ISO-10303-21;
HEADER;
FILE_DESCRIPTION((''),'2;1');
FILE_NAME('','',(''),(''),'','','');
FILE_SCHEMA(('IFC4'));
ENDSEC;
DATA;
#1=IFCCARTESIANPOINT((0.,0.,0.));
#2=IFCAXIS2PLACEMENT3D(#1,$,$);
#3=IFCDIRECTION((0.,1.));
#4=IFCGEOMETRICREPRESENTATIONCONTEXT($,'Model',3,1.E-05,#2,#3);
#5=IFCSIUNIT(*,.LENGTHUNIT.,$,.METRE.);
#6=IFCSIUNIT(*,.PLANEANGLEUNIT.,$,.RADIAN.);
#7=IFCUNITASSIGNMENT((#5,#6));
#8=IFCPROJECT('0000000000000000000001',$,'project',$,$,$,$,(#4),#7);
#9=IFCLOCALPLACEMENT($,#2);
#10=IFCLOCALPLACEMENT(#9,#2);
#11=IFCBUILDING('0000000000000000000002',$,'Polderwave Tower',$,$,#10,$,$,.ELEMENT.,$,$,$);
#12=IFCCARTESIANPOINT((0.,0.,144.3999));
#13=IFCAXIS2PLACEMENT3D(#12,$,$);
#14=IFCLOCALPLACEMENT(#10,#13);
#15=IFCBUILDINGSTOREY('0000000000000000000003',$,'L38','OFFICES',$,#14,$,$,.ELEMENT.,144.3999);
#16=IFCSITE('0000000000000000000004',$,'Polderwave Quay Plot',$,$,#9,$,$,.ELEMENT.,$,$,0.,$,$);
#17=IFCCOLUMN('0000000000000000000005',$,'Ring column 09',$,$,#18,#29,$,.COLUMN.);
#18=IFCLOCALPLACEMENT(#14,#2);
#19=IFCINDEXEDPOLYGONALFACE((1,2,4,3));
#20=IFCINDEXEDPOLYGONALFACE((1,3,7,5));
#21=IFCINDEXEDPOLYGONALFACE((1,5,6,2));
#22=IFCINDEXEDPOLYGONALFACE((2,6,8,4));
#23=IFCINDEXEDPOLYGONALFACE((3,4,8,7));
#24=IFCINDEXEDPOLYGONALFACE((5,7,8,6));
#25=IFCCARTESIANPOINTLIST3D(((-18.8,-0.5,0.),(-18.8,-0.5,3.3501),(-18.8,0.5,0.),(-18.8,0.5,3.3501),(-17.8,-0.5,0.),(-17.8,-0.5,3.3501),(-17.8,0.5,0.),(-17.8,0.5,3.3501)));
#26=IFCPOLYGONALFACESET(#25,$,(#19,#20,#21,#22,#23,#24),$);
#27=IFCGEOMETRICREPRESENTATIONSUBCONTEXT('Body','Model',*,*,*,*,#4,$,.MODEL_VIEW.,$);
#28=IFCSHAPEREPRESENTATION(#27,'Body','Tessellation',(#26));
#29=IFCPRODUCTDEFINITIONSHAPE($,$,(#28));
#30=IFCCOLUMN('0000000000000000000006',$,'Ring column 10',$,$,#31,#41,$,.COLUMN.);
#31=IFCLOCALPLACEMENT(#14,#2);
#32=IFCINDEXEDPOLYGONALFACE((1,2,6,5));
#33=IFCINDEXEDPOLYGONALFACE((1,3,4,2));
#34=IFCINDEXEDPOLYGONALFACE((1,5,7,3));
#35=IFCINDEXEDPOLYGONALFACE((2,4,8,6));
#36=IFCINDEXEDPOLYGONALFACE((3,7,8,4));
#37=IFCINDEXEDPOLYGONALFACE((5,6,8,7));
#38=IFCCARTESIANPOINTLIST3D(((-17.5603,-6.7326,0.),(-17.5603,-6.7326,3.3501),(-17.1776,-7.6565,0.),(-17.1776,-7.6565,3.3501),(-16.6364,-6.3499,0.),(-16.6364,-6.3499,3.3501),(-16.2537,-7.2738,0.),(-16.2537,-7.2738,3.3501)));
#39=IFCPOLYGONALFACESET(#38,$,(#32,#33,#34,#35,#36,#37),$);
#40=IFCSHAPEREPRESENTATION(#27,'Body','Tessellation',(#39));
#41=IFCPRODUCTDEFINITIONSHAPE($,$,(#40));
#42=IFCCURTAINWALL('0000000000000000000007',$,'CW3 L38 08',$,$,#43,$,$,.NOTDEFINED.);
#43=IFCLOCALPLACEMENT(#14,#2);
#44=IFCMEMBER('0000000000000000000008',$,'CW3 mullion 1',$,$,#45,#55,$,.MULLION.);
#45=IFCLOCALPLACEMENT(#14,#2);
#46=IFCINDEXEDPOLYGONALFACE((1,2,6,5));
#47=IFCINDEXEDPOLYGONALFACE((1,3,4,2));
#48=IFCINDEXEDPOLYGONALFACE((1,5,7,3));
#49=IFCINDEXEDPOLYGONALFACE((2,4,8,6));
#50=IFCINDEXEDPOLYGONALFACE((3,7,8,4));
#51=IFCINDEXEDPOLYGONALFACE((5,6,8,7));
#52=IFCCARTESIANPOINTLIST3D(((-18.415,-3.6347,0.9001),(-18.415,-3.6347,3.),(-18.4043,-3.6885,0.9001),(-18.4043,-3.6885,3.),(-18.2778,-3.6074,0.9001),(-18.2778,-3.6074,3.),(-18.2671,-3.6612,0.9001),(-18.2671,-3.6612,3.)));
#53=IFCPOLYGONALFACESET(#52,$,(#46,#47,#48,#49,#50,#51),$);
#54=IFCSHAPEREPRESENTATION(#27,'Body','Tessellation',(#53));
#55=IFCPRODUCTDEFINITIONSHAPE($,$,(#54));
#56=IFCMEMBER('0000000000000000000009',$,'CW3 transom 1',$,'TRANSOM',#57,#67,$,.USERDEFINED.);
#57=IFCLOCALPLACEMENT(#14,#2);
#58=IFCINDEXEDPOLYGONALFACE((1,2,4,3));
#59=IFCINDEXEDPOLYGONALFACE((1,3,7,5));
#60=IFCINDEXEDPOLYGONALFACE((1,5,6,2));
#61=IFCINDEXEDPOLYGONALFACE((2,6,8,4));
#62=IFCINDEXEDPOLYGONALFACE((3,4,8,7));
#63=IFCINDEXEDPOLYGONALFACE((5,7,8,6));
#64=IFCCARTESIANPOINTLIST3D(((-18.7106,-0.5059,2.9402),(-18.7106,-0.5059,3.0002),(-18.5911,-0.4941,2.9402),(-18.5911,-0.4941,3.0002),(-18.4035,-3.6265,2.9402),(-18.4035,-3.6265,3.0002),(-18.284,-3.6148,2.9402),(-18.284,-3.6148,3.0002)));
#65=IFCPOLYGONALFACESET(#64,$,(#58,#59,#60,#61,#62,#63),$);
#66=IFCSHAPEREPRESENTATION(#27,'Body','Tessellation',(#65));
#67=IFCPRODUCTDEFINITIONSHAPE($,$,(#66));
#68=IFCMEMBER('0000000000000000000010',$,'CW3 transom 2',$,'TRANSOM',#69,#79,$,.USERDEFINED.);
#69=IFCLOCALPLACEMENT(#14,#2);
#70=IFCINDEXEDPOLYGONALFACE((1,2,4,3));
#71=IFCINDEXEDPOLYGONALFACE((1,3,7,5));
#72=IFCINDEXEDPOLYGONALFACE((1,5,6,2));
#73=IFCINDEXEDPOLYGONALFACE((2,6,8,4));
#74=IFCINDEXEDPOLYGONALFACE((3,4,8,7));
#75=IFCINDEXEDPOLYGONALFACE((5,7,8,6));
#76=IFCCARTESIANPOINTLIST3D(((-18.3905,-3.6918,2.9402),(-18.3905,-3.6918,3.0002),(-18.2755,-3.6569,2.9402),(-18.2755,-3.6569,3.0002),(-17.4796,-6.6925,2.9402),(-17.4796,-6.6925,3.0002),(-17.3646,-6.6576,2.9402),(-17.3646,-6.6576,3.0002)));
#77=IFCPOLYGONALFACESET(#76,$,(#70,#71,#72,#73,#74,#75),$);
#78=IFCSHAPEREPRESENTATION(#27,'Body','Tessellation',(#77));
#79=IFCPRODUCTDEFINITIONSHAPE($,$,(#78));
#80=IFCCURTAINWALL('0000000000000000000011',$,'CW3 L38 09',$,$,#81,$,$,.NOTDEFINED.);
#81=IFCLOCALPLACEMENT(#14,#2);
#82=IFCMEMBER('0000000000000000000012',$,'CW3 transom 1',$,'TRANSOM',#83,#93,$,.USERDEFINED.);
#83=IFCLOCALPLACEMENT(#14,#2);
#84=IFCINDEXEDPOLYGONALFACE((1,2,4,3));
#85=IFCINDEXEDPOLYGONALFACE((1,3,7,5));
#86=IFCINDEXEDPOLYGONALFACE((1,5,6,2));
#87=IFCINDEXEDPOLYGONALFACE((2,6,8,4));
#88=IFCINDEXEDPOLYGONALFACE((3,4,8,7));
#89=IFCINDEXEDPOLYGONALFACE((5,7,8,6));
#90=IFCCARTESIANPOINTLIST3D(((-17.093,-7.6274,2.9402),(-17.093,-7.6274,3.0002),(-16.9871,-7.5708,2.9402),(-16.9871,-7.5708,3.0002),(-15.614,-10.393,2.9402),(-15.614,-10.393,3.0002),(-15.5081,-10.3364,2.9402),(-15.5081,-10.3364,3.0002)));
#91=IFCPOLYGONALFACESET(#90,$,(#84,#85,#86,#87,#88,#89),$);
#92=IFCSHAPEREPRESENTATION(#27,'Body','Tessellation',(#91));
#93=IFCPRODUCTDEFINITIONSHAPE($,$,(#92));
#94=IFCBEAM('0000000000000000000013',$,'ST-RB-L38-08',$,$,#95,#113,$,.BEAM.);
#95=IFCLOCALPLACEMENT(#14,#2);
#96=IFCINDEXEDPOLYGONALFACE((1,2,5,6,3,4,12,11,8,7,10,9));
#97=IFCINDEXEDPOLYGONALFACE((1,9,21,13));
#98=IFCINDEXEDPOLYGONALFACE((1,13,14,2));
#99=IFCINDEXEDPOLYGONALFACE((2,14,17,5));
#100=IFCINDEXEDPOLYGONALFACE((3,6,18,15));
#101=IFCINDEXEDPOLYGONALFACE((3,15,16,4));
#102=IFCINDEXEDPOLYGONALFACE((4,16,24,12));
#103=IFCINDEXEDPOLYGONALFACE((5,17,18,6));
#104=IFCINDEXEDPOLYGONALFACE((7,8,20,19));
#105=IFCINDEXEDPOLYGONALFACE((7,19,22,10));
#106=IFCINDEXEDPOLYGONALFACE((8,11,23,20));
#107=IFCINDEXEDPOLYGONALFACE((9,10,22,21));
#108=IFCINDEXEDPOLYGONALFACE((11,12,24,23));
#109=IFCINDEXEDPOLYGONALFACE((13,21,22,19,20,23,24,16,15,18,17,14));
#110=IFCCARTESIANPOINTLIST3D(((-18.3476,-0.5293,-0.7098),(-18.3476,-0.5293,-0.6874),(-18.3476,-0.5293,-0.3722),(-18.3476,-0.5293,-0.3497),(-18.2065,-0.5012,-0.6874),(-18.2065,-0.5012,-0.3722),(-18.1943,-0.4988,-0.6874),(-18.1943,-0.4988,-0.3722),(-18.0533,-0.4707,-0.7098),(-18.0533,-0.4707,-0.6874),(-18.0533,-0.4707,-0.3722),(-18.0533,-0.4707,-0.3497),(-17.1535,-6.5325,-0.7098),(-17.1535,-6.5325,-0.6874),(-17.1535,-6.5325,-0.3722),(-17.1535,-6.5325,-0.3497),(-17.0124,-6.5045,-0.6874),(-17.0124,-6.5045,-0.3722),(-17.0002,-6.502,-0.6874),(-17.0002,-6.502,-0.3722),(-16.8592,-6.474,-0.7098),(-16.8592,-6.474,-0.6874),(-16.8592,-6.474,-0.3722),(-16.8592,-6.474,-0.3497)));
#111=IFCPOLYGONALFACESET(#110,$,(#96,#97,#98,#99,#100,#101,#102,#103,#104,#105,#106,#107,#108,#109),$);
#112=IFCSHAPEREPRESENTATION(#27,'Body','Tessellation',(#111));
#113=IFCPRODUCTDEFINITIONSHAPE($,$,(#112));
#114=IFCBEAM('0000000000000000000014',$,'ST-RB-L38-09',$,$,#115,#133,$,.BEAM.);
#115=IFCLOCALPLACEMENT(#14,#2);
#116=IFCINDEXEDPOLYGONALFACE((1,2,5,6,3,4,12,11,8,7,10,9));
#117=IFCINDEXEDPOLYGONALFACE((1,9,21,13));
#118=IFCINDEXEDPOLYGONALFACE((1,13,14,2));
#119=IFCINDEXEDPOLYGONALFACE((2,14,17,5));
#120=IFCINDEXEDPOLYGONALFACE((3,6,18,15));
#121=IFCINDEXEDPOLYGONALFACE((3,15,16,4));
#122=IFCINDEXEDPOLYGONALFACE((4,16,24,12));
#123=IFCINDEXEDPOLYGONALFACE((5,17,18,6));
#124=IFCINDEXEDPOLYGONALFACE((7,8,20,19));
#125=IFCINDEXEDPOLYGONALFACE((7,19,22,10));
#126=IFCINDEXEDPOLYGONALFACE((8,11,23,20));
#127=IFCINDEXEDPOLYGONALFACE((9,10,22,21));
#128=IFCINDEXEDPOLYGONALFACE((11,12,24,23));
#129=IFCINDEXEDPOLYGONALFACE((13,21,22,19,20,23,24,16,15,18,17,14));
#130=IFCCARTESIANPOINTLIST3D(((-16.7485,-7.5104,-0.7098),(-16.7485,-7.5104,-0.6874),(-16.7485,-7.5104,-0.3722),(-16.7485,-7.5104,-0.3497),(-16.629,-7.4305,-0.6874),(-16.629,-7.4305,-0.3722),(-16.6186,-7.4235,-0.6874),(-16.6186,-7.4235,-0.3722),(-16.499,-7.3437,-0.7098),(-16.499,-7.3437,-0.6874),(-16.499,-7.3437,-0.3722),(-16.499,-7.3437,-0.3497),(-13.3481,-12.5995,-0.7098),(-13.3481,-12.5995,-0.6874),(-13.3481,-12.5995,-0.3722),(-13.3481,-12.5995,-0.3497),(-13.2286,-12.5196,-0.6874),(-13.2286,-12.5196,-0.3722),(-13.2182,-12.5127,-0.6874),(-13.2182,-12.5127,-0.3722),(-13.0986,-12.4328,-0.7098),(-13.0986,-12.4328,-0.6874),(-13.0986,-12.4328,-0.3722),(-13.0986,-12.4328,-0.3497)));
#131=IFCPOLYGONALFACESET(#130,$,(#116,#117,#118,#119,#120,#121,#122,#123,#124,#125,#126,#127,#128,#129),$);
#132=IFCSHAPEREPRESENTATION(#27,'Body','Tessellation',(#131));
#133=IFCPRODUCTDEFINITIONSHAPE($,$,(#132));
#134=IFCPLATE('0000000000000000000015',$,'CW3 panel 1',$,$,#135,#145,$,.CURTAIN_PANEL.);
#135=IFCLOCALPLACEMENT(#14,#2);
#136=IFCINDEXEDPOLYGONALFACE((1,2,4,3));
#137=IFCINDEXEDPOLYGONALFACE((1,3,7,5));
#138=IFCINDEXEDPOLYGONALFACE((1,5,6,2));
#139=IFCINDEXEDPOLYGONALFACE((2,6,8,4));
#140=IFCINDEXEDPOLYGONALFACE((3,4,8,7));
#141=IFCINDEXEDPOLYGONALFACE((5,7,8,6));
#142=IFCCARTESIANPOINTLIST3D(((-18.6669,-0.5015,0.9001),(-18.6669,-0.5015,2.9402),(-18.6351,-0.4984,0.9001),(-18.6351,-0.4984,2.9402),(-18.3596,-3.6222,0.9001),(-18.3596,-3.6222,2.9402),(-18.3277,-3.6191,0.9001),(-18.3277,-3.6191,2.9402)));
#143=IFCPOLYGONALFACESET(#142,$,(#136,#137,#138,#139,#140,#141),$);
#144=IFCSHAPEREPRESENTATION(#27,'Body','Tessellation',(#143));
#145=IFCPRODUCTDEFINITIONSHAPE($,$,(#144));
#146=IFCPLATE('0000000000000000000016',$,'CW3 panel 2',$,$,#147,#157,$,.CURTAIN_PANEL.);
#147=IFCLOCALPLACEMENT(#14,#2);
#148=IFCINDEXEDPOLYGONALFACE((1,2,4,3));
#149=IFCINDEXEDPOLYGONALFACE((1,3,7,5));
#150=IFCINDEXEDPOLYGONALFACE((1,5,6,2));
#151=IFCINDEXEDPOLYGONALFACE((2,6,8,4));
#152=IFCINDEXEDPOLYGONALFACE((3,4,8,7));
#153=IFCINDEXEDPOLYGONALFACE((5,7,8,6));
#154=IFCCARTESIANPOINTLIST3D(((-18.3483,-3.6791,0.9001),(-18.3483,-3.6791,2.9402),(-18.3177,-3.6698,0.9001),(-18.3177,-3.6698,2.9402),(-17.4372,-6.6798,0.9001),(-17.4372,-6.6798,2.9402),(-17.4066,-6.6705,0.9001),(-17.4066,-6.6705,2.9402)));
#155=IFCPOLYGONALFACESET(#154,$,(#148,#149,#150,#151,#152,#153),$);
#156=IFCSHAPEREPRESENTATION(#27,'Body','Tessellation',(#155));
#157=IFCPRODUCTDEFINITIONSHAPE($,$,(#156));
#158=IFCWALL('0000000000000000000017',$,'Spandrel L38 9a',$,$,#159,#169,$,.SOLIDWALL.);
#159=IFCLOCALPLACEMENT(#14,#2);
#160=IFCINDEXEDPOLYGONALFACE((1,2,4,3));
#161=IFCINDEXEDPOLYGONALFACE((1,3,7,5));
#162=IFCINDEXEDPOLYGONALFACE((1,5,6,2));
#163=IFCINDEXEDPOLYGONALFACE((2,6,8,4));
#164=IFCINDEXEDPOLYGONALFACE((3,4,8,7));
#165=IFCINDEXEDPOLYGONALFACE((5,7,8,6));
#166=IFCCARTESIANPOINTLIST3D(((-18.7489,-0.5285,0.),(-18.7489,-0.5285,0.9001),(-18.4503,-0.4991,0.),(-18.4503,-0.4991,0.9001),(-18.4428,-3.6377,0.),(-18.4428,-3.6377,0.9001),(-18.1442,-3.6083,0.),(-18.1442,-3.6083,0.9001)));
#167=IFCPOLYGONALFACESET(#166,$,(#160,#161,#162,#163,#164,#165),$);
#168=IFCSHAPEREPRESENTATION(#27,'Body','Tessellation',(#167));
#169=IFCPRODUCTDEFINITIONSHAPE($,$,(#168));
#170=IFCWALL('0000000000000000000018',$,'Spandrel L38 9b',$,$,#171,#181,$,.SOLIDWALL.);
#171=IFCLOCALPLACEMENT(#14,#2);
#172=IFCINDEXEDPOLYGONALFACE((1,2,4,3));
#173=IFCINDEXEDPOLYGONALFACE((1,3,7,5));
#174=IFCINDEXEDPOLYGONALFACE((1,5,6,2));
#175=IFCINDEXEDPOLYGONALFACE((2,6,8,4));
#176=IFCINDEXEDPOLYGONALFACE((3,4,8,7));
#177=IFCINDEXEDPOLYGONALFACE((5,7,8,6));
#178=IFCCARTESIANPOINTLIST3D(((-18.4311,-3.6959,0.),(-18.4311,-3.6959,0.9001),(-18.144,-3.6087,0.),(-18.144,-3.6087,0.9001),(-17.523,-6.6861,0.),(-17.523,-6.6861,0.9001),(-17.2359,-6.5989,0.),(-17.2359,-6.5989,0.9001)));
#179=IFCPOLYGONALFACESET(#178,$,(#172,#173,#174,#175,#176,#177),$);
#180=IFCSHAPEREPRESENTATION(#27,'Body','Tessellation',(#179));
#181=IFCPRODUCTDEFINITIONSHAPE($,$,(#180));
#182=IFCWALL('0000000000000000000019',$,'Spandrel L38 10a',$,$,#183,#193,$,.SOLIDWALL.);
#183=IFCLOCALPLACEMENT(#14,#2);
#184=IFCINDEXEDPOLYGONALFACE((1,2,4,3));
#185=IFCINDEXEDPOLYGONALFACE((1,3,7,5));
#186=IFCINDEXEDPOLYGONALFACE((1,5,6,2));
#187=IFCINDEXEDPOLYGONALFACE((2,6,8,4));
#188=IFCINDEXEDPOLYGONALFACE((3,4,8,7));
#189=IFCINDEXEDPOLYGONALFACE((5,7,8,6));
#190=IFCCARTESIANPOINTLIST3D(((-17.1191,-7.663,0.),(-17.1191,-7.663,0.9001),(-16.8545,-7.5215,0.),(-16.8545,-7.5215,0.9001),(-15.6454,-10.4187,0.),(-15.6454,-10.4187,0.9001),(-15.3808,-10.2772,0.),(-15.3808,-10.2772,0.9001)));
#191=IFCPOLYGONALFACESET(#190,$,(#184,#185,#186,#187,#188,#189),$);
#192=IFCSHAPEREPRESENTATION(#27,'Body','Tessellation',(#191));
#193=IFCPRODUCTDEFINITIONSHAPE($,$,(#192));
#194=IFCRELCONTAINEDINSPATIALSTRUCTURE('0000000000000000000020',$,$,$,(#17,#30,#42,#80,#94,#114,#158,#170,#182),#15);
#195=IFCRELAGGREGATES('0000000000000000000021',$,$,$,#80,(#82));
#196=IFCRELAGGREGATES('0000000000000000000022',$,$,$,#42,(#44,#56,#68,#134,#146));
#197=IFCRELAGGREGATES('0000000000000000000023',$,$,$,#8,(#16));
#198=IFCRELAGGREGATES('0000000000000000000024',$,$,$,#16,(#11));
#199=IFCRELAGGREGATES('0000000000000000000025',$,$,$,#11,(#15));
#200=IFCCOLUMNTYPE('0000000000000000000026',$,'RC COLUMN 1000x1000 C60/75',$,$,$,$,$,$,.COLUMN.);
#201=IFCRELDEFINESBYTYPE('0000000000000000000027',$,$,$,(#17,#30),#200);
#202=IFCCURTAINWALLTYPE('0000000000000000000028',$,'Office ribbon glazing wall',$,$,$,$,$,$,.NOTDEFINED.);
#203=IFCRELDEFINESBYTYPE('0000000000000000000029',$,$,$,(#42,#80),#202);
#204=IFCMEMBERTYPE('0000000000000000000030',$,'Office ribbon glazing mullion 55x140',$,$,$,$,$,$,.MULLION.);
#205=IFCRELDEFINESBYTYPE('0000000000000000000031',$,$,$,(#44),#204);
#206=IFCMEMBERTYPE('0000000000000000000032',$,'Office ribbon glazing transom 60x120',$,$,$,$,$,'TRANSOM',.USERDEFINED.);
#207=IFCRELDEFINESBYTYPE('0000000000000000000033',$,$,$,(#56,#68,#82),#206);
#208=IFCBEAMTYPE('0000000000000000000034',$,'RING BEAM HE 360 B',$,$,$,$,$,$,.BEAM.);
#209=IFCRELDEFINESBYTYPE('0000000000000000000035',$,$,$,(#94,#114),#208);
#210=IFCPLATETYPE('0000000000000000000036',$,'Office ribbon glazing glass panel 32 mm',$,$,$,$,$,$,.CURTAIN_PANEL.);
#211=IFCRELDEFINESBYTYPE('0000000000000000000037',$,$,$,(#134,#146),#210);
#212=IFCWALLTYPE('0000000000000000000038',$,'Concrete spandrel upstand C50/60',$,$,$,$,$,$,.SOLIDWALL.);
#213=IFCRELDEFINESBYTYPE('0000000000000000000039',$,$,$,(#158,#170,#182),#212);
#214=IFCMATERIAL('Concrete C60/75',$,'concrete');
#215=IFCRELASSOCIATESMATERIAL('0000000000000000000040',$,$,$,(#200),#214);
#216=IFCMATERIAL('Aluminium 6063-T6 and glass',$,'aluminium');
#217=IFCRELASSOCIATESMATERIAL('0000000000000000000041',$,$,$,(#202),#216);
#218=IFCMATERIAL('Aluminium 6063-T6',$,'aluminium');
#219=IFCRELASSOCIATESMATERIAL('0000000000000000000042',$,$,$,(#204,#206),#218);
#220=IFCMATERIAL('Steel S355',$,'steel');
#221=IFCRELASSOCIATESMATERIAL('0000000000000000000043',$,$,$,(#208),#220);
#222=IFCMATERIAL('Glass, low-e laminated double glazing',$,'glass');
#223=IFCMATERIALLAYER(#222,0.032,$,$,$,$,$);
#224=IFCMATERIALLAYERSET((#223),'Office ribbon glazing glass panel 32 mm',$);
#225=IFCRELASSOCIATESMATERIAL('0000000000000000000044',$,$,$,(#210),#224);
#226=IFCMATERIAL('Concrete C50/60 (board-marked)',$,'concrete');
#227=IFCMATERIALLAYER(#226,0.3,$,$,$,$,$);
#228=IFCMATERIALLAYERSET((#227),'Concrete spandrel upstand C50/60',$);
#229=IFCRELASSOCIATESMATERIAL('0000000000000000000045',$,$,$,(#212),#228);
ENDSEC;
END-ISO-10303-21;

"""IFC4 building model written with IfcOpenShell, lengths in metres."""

from ifc_helpers import new_model, si_unit, direction, frame, frame_2d, origin, origin_2d, place, context, subcontext, project, spatial, rectangle, i_section, extrude, material, layer, layer_set, material_profile, profile_set, type_object, element, aggregate, save


model = new_model("IFC4")

# Units and contexts
model_context = context("Model", 3, precision=1e-05, world=origin(), true_north=direction((0.0, 1.0)))
body_context = subcontext(model_context, "Body", "Model", "MODEL_VIEW")
ifc_project = project(units=[si_unit("LENGTHUNIT", "METRE"), si_unit("PLANEANGLEUNIT", "RADIAN")], contexts=[model_context])

# Site, building, storey
site_placement = place(None, origin())
site = spatial("IfcSite", under=ifc_project, at=site_placement, Name="Polderwave Quay Plot", CompositionType="ELEMENT", RefElevation=0.0)
building_placement = place(site_placement, origin())
building = spatial("IfcBuilding", under=site, at=building_placement, Name="Polderwave Tower", CompositionType="ELEMENT")
storey_placement = place(building_placement, frame((0.0, 0.0, 144.3999)))
storey = spatial("IfcBuildingStorey", under=building, at=storey_placement, Name="L38", Description="OFFICES", CompositionType="ELEMENT", Elevation=144.3999)

# Columns
ifc_material_1 = material(Name="Concrete C60/75", Category="concrete")
ifc_material_profile_1 = material_profile(ifc_material_1, rectangle(XDim=1.0, YDim=1.0, at=origin_2d()), Name="RC 1000x1000")
ifc_profile_set_1 = profile_set([ifc_material_profile_1], Name="Concrete C60/75")
column_type = type_object("IfcColumnType", Name="RC COLUMN 1000x1000 C60/75", PredefinedType="COLUMN", material=ifc_profile_set_1)
for number, where, z_axis, x_axis, name in (
    (1, (-18.3, 0.0, 0.0), (0.0, 0.0, 1.0), (-1.0, 0.0, 0.0), "Ring column 09"),
    (2, (-16.907, -7.0032, 0.0), (0.0, 0.0, 1.0), (-0.92388, -0.382683, 0.0), "Ring column 10"),
):
    element("IfcColumn", number, at=place(storey_placement, frame(where, z_axis=z_axis, x_axis=x_axis)), inside=storey, type_object=column_type, Name=name, PredefinedType="COLUMN", context=body_context, shape_type="SweptSolid", body=[
        extrude(rectangle(XDim=1.0, YDim=1.0, at=origin_2d()), origin(), (0.0, 0.0, 1.0), 3.3501),
    ])

# Curtain wall, members
ifc_material_2 = material(Name="Aluminium 6063-T6 and glass", Category="aluminium")
curtain_wall_type = type_object("IfcCurtainWallType", Name="Office ribbon glazing wall", PredefinedType="NOTDEFINED", material=ifc_material_2)
curtain_wall_1_placement = place(storey_placement, origin())
curtain_wall_1 = element("IfcCurtainWall", 3, at=curtain_wall_1_placement, inside=storey, type_object=curtain_wall_type, Name="CW3 L38 08", PredefinedType="NOTDEFINED")
ifc_material_3 = material(Name="Aluminium 6063-T6", Category="aluminium")
ifc_material_profile_2 = material_profile(ifc_material_3, rectangle(XDim=0.1399, YDim=0.0549, at=origin_2d()), Name="AL 55x140")
ifc_profile_set_2 = profile_set([ifc_material_profile_2], Name="Aluminium 6063-T6")
member_type_1 = type_object("IfcMemberType", Name="Office ribbon glazing mullion 55x140", PredefinedType="MULLION", material=ifc_profile_set_2)
member_1_placement = place(storey_placement, frame((-18.3411, -3.6479, 0.9001), z_axis=(0.0, 0.0, 1.0), x_axis=(0.980764, 0.195196, 0.0)))
member_1 = element("IfcMember", 4, at=member_1_placement, type_object=member_type_1, Name="CW3 mullion 1", PredefinedType="MULLION", context=body_context, shape_type="SweptSolid", body=[
    extrude(rectangle(XDim=0.1399, YDim=0.0549, at=origin_2d()), origin(), (0.0, 0.0, 1.0), 2.0999),
])
ifc_material_profile_3 = material_profile(ifc_material_3, rectangle(XDim=0.1201, YDim=0.0601, at=origin_2d()), Name="AL 60x120")
ifc_profile_set_3 = profile_set([ifc_material_profile_3], Name="Aluminium 6063-T6")
member_type_2 = type_object("IfcMemberType", Name="Office ribbon glazing transom 60x120", ElementType="TRANSOM", PredefinedType="USERDEFINED", material=ifc_profile_set_3)
member_2_placement = place(storey_placement, frame((-18.6509, -0.5, 2.9702), z_axis=(0.097946, -0.995192, 0.0), x_axis=(0.995192, 0.097946, 0.0)))
member_2 = element("IfcMember", 5, at=member_2_placement, type_object=member_type_2, Name="CW3 transom 1", ObjectType="TRANSOM", PredefinedType="USERDEFINED", context=body_context, shape_type="SweptSolid", body=[
    extrude(rectangle(XDim=0.1201, YDim=0.0601, at=origin_2d()), origin(), (0.0, 0.0, 1.0), 3.1357),
])
member_3_placement = place(storey_placement, frame((-18.333, -3.6743, 2.9702), z_axis=(0.290468, -0.956885, 0.0), x_axis=(0.956885, 0.290468, 0.0)))
member_3 = element("IfcMember", 6, at=member_3_placement, type_object=member_type_2, Name="CW3 transom 2", ObjectType="TRANSOM", PredefinedType="USERDEFINED", context=body_context, shape_type="SweptSolid", body=[
    extrude(rectangle(XDim=0.1201, YDim=0.0601, at=origin_2d()), origin(), (0.0, 0.0, 1.0), 3.136),
])

# Curtain wall, member
curtain_wall_2_placement = place(storey_placement, origin())
curtain_wall_2 = element("IfcCurtainWall", 7, at=curtain_wall_2_placement, inside=storey, type_object=curtain_wall_type, Name="CW3 L38 09", PredefinedType="NOTDEFINED")
member_4_placement = place(storey_placement, frame((-17.04, -7.5991, 2.9702), z_axis=(0.471582, -0.881822, 0.0), x_axis=(0.881822, 0.471582, 0.0)))
member_4 = element("IfcMember", 8, at=member_4_placement, type_object=member_type_2, Name="CW3 transom 1", ObjectType="TRANSOM", PredefinedType="USERDEFINED", context=body_context, shape_type="SweptSolid", body=[
    extrude(rectangle(XDim=0.1201, YDim=0.0601, at=origin_2d()), origin(), (0.0, 0.0, 1.0), 3.1362),
])
aggregate(curtain_wall_2, [member_4])

# Beams
ifc_material_4 = material(Name="Steel S355", Category="steel")
ifc_material_profile_4 = material_profile(ifc_material_4, i_section(OverallWidth=0.3, OverallDepth=0.3601, WebThickness=0.0125, FlangeThickness=0.0225, at=origin_2d()), Name="HE 360 B")
ifc_profile_set_4 = profile_set([ifc_material_profile_4], Name="Steel S355")
beam_type = type_object("IfcBeamType", Name="RING BEAM HE 360 B", PredefinedType="BEAM", material=ifc_profile_set_4)
beam_1_placement = place(storey_placement, frame((-18.2004, -0.5, -0.5298), z_axis=(0.195088, -0.980786, 0.0), x_axis=(0.980786, 0.195088, 0.0)))
element("IfcBeam", 9, at=beam_1_placement, inside=storey, type_object=beam_type, Name="ST-RB-L38-08", PredefinedType="BEAM", context=body_context, shape_type="SweptSolid", body=[
    extrude(i_section(OverallWidth=0.3, OverallDepth=0.3601, WebThickness=0.0125, FlangeThickness=0.0225, at=origin_2d()), origin(), (0.0, 0.0, 1.0), 6.1208),
])
beam_2_placement = place(storey_placement, frame((-16.6238, -7.427, -0.5298), z_axis=(0.555565, -0.831473, 0.0), x_axis=(0.831473, 0.555565, 0.0)))
element("IfcBeam", 10, at=beam_2_placement, inside=storey, type_object=beam_type, Name="ST-RB-L38-09", PredefinedType="BEAM", context=body_context, shape_type="SweptSolid", body=[
    extrude(i_section(OverallWidth=0.3, OverallDepth=0.3601, WebThickness=0.0125, FlangeThickness=0.0225, at=origin_2d()), origin(), (0.0, 0.0, 1.0), 6.1206),
])

# Plates
ifc_material_5 = material(Name="Glass, low-e laminated double glazing", Category="glass")
ifc_layer_1 = layer(ifc_material_5, 0.032)
ifc_layer_set_1 = layer_set([ifc_layer_1], Name="Office ribbon glazing glass panel 32 mm")
plate_type = type_object("IfcPlateType", Name="Office ribbon glazing glass panel 32 mm", PredefinedType="CURTAIN_PANEL", material=ifc_layer_set_1)
plate_1_placement = place(storey_placement, frame((-18.4973, -2.0603, 0.9001), z_axis=(0.0, 0.0, 1.0), x_axis=(0.098002, -0.995186, 0.0)))
plate_1 = element("IfcPlate", 11, at=plate_1_placement, type_object=plate_type, Name="CW3 panel 1", PredefinedType="CURTAIN_PANEL", context=body_context, shape_type="SweptSolid", body=[
    extrude(rectangle(XDim=3.1357, YDim=0.032, at=origin_2d()), origin(), (0.0, 0.0, 1.0), 2.04),
])
plate_2_placement = place(storey_placement, frame((-17.8774, -5.1748, 0.9001), z_axis=(0.0, 0.0, 1.0), x_axis=(0.290507, -0.956873, 0.0)))
plate_2 = element("IfcPlate", 12, at=plate_2_placement, type_object=plate_type, Name="CW3 panel 2", PredefinedType="CURTAIN_PANEL", context=body_context, shape_type="SweptSolid", body=[
    extrude(rectangle(XDim=3.136, YDim=0.032, at=origin_2d()), origin(), (0.0, 0.0, 1.0), 2.04),
])
aggregate(curtain_wall_1, [member_1, member_2, member_3, plate_1, plate_2])

# Walls
ifc_material_6 = material(Name="Concrete C50/60 (board-marked)", Category="concrete")
ifc_layer_2 = layer(ifc_material_6, 0.3)
ifc_layer_set_2 = layer_set([ifc_layer_2], Name="Concrete spandrel upstand C50/60")
wall_type_1 = type_object("IfcWallType", Name="Concrete spandrel upstand C50/60", PredefinedType="SOLIDWALL", material=ifc_layer_set_2)
wall_1_placement = place(storey_placement, frame((-18.5996, -0.5139, 0.0), z_axis=(0.0, 0.0, 1.0), x_axis=(0.097995, -0.995187, 0.0)))
element("IfcWall", 13, at=wall_1_placement, inside=storey, type_object=wall_type_1, Name="Spandrel L38 9a", PredefinedType="SOLIDWALL", context=body_context, shape_type="SweptSolid", body=[
    extrude(rectangle(XDim=3.1243, YDim=0.3, at=frame_2d((1.562, 0.0))), origin(), (0.0, 0.0, 1.0), 0.9001),
])
for number, where, z_axis, x_axis, name in (
    (14, (-18.2876, -3.6523, 0.0), (0.0, 0.0, 1.0), (0.290614, -0.95684, 0.0), "Spandrel L38 9b"),
    (15, (-16.9868, -7.5923, 0.0), (0.0, 0.0, 1.0), (0.471577, -0.881825, 0.0), "Spandrel L38 10a"),
):
    element("IfcWall", number, at=place(storey_placement, frame(where, z_axis=z_axis, x_axis=x_axis)), inside=storey, type_object=wall_type_1, Name=name, PredefinedType="SOLIDWALL", context=body_context, shape_type="SweptSolid", body=[
        extrude(rectangle(XDim=3.125, YDim=0.3, at=frame_2d((1.5625, 0.0))), origin(), (0.0, 0.0, 1.0), 0.9001),
    ])

save(model, "model.ifc")
